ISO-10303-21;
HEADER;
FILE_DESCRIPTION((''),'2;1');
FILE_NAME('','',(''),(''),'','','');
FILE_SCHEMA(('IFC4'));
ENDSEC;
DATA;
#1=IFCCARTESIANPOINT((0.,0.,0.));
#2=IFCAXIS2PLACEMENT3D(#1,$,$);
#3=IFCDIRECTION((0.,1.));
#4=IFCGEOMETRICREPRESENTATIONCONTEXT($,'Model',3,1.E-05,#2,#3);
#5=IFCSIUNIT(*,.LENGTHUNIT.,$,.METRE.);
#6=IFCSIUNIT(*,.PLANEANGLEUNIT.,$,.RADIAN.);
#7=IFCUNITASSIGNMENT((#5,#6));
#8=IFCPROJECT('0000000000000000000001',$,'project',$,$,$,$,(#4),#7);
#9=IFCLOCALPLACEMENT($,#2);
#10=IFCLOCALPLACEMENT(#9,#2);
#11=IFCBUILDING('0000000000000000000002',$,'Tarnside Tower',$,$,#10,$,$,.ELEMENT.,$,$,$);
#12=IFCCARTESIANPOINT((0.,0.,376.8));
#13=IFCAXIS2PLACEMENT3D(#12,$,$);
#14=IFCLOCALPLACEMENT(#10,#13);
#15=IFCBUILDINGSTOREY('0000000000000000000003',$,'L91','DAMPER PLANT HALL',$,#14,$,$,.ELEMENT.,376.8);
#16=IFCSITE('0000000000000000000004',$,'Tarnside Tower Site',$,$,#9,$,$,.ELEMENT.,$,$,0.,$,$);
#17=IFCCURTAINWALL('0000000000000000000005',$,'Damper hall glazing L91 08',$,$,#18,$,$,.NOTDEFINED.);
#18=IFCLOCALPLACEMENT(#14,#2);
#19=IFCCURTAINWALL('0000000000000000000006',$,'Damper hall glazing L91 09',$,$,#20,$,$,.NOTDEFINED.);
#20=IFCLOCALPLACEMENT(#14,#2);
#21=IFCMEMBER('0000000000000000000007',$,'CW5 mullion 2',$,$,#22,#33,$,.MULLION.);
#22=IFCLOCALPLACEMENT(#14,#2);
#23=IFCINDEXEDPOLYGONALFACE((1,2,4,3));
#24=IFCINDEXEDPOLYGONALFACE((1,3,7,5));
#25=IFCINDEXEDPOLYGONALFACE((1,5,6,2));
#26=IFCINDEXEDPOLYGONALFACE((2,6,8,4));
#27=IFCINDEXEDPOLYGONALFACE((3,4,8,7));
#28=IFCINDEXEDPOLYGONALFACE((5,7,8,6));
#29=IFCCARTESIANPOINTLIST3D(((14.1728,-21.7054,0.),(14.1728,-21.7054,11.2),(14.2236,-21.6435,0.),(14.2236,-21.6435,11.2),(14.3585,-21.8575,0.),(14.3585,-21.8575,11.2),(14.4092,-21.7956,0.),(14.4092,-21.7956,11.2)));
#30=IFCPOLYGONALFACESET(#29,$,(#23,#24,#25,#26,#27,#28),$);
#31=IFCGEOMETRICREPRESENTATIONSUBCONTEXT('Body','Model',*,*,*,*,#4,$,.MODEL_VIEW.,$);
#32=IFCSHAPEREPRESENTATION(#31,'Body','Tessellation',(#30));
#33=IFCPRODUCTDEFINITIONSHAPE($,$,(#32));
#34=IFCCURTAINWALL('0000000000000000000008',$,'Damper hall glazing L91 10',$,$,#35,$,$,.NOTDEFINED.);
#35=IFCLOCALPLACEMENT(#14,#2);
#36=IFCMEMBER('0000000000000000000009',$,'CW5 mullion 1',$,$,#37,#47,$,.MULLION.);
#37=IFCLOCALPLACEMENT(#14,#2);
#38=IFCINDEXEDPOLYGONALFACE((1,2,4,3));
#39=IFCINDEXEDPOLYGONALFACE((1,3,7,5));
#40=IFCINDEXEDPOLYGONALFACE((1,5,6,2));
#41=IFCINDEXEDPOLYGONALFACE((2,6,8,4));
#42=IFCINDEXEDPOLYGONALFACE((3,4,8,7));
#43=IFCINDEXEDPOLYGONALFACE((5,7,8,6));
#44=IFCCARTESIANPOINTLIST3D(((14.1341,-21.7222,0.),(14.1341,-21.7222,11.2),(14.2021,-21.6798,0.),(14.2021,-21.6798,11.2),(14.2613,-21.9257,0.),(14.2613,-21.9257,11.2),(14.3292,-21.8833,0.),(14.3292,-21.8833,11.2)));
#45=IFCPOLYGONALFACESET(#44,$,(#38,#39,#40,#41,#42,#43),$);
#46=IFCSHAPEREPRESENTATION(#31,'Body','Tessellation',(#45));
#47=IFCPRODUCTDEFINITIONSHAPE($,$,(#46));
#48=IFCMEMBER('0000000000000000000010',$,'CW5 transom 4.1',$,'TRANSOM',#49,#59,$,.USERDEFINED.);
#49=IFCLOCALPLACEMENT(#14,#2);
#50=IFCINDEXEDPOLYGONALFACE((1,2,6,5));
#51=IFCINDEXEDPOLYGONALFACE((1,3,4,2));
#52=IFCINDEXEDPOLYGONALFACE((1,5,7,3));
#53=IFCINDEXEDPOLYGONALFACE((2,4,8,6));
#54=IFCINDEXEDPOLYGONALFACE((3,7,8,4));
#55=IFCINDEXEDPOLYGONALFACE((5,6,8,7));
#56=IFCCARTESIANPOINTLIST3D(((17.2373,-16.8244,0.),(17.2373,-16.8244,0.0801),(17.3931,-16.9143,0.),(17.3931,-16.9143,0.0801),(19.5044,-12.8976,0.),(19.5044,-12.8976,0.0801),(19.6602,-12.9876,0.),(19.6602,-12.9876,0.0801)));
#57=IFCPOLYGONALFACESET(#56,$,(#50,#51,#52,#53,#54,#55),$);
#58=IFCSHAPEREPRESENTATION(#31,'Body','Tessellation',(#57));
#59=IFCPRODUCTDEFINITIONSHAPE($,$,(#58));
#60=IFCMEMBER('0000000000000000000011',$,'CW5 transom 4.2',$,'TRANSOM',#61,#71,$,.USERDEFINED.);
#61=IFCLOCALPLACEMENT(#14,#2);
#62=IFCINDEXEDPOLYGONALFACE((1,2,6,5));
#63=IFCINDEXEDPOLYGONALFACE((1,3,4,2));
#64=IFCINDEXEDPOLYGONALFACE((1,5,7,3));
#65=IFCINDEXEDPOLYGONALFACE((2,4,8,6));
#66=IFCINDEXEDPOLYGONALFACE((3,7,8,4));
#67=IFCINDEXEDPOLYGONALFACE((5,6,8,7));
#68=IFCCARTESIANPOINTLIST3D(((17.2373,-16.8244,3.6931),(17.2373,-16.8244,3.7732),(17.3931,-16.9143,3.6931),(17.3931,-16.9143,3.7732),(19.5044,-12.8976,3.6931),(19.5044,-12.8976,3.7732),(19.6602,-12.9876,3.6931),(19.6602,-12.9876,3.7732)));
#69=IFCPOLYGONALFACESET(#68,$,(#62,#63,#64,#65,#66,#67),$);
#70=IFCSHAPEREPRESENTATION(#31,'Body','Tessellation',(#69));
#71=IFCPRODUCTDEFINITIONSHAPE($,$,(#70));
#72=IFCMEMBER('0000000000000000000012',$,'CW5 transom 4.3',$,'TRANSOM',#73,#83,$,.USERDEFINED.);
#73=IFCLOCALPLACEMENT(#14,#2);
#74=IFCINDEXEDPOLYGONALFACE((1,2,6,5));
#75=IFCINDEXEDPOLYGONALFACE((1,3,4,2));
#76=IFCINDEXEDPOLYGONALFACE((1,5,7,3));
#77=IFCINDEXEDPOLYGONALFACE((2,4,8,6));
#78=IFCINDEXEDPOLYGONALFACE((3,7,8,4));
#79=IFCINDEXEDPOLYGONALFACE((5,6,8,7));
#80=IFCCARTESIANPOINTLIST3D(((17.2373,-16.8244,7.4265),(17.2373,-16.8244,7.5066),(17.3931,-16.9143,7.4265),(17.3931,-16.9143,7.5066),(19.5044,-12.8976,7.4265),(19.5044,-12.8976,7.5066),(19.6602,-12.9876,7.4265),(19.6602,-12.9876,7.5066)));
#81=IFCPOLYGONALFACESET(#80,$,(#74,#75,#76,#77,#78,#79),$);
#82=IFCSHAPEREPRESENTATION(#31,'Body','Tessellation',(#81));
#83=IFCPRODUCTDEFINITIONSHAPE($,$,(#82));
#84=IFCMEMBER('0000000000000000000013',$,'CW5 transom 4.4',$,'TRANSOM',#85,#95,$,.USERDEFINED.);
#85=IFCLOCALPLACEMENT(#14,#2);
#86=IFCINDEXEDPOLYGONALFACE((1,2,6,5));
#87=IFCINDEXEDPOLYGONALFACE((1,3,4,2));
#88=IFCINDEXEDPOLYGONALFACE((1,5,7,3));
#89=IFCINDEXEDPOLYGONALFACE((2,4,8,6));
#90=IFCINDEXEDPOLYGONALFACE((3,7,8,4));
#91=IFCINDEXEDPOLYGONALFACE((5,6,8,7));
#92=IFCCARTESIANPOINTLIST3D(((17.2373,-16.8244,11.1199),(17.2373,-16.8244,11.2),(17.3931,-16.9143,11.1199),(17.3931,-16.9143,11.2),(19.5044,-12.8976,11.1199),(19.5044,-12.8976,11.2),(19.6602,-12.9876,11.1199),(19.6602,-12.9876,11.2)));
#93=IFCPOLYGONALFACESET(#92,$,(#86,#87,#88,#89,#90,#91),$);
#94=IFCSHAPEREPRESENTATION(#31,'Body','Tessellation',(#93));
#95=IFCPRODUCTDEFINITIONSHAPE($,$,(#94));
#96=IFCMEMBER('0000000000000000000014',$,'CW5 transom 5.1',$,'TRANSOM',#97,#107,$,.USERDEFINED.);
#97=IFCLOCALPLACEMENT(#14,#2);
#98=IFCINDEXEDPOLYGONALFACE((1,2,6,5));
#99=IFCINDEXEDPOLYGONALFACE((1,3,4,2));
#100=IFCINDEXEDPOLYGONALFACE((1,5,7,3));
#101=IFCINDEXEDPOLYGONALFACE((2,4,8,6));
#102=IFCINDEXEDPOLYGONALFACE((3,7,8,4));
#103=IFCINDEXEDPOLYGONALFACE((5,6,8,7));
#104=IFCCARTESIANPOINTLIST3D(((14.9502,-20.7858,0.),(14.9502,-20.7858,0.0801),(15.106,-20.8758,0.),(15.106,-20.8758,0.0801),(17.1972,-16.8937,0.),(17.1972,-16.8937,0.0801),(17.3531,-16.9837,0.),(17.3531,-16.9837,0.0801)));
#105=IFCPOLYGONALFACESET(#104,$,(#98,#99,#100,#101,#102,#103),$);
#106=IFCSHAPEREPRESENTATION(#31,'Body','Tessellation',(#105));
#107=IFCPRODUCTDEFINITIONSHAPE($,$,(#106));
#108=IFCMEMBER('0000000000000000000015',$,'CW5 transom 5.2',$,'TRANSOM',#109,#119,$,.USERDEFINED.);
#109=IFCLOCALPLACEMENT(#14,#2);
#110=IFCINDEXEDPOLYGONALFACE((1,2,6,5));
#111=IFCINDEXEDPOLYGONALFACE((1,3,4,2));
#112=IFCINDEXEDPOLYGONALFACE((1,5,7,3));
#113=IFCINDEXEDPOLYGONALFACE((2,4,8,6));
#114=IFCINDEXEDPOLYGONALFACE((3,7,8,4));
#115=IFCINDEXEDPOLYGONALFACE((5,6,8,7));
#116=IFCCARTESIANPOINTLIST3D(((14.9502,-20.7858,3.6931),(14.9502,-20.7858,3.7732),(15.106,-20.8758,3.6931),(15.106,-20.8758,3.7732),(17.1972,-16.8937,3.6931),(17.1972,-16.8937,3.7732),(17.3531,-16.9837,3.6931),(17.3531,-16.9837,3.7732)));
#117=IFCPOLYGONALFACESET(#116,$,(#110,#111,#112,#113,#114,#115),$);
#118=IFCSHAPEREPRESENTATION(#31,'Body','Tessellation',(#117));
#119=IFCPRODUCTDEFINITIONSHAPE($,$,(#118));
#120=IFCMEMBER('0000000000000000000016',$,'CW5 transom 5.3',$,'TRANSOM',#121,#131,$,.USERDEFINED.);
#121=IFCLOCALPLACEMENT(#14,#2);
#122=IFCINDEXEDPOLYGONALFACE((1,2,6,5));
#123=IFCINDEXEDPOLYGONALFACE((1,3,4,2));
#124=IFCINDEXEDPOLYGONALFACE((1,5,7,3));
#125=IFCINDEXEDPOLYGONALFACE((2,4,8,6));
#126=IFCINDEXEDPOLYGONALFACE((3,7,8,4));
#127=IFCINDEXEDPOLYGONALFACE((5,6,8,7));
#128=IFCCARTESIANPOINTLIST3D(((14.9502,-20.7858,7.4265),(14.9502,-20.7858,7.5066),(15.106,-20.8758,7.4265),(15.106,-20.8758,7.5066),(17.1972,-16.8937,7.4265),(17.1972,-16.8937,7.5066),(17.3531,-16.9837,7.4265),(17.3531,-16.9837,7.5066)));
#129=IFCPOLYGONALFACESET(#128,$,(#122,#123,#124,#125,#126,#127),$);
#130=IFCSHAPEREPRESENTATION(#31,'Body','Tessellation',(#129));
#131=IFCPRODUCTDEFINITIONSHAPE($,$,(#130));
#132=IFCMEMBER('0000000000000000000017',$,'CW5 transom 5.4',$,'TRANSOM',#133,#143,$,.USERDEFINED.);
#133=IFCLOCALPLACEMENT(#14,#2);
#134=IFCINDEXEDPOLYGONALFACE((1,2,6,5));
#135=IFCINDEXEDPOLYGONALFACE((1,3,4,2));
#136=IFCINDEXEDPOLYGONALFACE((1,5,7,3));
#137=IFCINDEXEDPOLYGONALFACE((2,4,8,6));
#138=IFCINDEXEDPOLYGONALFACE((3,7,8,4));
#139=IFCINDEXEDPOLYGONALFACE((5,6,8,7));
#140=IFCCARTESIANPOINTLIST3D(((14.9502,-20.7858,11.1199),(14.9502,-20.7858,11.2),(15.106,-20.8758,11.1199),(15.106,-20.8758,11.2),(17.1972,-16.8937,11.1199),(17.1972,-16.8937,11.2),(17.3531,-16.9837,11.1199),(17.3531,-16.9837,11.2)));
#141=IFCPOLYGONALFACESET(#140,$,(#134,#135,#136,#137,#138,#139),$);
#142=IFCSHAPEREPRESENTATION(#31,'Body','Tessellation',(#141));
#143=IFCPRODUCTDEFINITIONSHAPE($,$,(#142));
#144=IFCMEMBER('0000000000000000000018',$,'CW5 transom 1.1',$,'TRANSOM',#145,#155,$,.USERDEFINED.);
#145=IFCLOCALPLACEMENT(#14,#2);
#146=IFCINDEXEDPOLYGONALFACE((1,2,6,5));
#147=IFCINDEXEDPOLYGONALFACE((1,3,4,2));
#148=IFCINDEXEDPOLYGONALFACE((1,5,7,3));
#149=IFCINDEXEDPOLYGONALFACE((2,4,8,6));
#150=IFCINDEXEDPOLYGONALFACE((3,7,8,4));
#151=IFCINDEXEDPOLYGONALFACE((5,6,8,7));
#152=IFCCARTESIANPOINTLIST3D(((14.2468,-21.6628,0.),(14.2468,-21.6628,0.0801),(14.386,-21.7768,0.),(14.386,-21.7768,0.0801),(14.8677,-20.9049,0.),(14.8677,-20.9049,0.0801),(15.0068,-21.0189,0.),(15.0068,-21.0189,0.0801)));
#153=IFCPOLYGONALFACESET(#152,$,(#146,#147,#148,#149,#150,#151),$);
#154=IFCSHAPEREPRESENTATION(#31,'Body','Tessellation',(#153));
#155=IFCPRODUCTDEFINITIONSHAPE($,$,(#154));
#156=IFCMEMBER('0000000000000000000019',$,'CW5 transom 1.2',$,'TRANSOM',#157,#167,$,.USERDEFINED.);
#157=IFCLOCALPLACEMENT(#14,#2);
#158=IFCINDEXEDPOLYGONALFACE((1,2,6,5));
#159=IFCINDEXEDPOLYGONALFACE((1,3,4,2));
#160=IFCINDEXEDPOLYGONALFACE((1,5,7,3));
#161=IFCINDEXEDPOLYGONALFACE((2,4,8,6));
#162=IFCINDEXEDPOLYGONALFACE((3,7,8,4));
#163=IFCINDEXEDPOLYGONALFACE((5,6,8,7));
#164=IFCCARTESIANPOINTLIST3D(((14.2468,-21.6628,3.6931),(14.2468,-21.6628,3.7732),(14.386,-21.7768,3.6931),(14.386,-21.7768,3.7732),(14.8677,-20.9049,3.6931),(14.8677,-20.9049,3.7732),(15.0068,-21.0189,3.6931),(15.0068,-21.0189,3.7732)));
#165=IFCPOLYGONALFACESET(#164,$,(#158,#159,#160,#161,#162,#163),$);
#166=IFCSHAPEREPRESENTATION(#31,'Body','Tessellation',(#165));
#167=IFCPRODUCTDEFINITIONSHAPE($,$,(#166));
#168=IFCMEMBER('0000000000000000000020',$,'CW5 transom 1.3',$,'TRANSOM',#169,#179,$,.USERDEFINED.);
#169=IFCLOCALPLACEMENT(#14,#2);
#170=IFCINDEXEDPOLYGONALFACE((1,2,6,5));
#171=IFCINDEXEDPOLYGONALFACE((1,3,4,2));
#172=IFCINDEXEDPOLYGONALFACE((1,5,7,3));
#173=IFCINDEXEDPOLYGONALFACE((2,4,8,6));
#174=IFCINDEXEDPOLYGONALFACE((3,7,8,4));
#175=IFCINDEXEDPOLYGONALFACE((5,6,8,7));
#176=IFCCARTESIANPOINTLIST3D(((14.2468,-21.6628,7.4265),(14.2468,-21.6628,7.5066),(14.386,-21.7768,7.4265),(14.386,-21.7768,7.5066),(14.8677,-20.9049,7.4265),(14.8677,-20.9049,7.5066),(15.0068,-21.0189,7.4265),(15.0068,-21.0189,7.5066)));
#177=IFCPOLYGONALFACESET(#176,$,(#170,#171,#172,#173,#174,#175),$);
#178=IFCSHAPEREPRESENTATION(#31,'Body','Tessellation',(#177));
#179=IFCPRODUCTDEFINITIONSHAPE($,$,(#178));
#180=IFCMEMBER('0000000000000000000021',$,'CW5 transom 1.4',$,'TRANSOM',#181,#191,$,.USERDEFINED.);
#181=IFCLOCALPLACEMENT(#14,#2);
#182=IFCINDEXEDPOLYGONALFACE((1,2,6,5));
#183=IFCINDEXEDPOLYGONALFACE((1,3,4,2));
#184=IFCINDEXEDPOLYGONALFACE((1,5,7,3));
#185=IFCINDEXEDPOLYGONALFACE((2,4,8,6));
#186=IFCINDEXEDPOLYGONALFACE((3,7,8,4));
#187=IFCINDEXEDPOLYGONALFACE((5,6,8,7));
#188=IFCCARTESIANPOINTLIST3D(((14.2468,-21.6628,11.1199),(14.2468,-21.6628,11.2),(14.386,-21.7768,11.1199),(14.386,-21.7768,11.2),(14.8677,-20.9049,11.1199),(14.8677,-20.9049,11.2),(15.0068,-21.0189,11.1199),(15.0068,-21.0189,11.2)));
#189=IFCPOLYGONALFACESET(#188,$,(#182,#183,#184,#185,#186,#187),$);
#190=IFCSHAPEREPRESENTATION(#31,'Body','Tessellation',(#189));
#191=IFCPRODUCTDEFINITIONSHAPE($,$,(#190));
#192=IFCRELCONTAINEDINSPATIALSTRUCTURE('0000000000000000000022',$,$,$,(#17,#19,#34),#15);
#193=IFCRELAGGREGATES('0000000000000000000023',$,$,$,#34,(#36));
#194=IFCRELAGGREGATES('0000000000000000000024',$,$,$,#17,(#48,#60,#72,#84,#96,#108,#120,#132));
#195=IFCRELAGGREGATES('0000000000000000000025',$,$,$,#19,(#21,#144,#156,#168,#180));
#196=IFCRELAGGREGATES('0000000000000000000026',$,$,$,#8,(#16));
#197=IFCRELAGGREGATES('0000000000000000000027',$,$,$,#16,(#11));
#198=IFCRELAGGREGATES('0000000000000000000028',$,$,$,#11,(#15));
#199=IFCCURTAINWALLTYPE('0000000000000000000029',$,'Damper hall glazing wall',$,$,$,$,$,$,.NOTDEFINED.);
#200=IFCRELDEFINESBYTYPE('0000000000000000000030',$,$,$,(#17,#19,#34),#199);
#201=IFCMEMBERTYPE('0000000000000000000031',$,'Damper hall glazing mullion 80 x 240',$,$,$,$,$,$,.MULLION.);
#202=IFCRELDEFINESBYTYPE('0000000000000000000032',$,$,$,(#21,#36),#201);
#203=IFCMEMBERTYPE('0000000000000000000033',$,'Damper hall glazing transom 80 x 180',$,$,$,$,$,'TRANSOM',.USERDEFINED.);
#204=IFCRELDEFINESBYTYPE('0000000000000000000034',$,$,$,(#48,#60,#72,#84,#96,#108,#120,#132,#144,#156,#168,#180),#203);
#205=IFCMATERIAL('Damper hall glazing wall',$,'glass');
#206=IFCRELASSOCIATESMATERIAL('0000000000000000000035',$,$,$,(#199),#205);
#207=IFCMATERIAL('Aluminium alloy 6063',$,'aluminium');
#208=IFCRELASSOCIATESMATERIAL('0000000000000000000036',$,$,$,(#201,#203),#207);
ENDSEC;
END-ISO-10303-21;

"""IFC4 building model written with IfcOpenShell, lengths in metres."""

from ifc_helpers import new_model, si_unit, direction, frame, origin, origin_2d, place, context, subcontext, project, spatial, rectangle, extrude, material, material_profile, profile_set, type_object, element, aggregate, save


model = new_model("IFC4")

# Units and contexts
model_context = context("Model", 3, precision=1e-05, world=origin(), true_north=direction((0.0, 1.0)))
body_context = subcontext(model_context, "Body", "Model", "MODEL_VIEW")
ifc_project = project(units=[si_unit("LENGTHUNIT", "METRE"), si_unit("PLANEANGLEUNIT", "RADIAN")], contexts=[model_context])

# Site, building, storey
site_placement = place(None, origin())
site = spatial("IfcSite", under=ifc_project, at=site_placement, Name="Tarnside Tower Site", CompositionType="ELEMENT", RefElevation=0.0)
building_placement = place(site_placement, origin())
building = spatial("IfcBuilding", under=site, at=building_placement, Name="Tarnside Tower", CompositionType="ELEMENT")
storey_placement = place(building_placement, frame((0.0, 0.0, 376.8)))
storey = spatial("IfcBuildingStorey", under=building, at=storey_placement, Name="L91", Description="DAMPER PLANT HALL", CompositionType="ELEMENT", Elevation=376.8)

# Curtain walls, member
ifc_material_1 = material(Name="Damper hall glazing wall", Category="glass")
curtain_wall_type = type_object("IfcCurtainWallType", Name="Damper hall glazing wall", PredefinedType="NOTDEFINED", material=ifc_material_1)
curtain_wall_1_placement = place(storey_placement, origin())
curtain_wall_1 = element("IfcCurtainWall", 1, at=curtain_wall_1_placement, inside=storey, type_object=curtain_wall_type, Name="Damper hall glazing L91 08", PredefinedType="NOTDEFINED")
ifc_material_2 = material(Name="Aluminium alloy 6063", Category="aluminium")
ifc_material_profile_1 = material_profile(ifc_material_2, rectangle(XDim=0.24, YDim=0.0801, at=origin_2d()), Name="Damper hall glazing mullion 80 x 240")
ifc_profile_set_1 = profile_set([ifc_material_profile_1], Name="Aluminium alloy 6063")
member_type_1 = type_object("IfcMemberType", Name="Damper hall glazing mullion 80 x 240", PredefinedType="MULLION", material=ifc_profile_set_1)
curtain_wall_2_placement = place(storey_placement, origin())
curtain_wall_2 = element("IfcCurtainWall", 2, at=curtain_wall_2_placement, inside=storey, type_object=curtain_wall_type, Name="Damper hall glazing L91 09", PredefinedType="NOTDEFINED")
member_1_placement = place(storey_placement, frame((14.291, -21.7505, 0.0), z_axis=(0.0, 0.0, 1.0), x_axis=(0.773472, -0.633831, 0.0)))
member_1 = element("IfcMember", 3, at=member_1_placement, type_object=member_type_1, Name="CW5 mullion 2", PredefinedType="MULLION", context=body_context, shape_type="SweptSolid", body=[
    extrude(rectangle(XDim=0.24, YDim=0.0801, at=origin_2d()), origin(), (0.0, 0.0, 1.0), 11.2),
])

# Curtain wall, member
curtain_wall_3_placement = place(storey_placement, origin())
curtain_wall_3 = element("IfcCurtainWall", 4, at=curtain_wall_3_placement, inside=storey, type_object=curtain_wall_type, Name="Damper hall glazing L91 10", PredefinedType="NOTDEFINED")
member_2_placement = place(storey_placement, frame((14.2317, -21.8027, 0.0), z_axis=(0.0, 0.0, 1.0), x_axis=(0.529919, -0.848048, 0.0)))
member_2 = element("IfcMember", 5, at=member_2_placement, type_object=member_type_1, Name="CW5 mullion 1", PredefinedType="MULLION", context=body_context, shape_type="SweptSolid", body=[
    extrude(rectangle(XDim=0.24, YDim=0.0801, at=origin_2d()), origin(), (0.0, 0.0, 1.0), 11.2),
])

# Members
ifc_material_profile_2 = material_profile(ifc_material_2, rectangle(XDim=0.1799, YDim=0.0801, at=origin_2d()), Name="Damper hall glazing transom 80 x 180")
ifc_profile_set_2 = profile_set([ifc_material_profile_2], Name="Aluminium alloy 6063")
member_type_2 = type_object("IfcMemberType", Name="Damper hall glazing transom 80 x 180", ElementType="TRANSOM", PredefinedType="USERDEFINED", material=ifc_profile_set_2)
member_3_placement = place(storey_placement, frame((19.5823, -12.9426, 0.04), z_axis=(-0.499996, -0.866028, 0.0), x_axis=(0.866028, -0.499996, 0.0)))
member_3 = element("IfcMember", 6, at=member_3_placement, type_object=member_type_2, Name="CW5 transom 4.1", ObjectType="TRANSOM", PredefinedType="USERDEFINED", context=body_context, shape_type="SweptSolid", body=[
    extrude(rectangle(XDim=0.1799, YDim=0.0801, at=origin_2d()), origin(), (0.0, 0.0, 1.0), 4.5342),
])
member_4_placement = place(storey_placement, frame((19.5823, -12.9426, 3.7332), z_axis=(-0.499996, -0.866028, 0.0), x_axis=(0.866028, -0.499996, 0.0)))
member_4 = element("IfcMember", 7, at=member_4_placement, type_object=member_type_2, Name="CW5 transom 4.2", ObjectType="TRANSOM", PredefinedType="USERDEFINED", context=body_context, shape_type="SweptSolid", body=[
    extrude(rectangle(XDim=0.1799, YDim=0.0801, at=origin_2d()), origin(), (0.0, 0.0, 1.0), 4.5342),
])
member_5_placement = place(storey_placement, frame((19.5823, -12.9426, 7.4666), z_axis=(-0.499996, -0.866028, 0.0), x_axis=(0.866028, -0.499996, 0.0)))
member_5 = element("IfcMember", 8, at=member_5_placement, type_object=member_type_2, Name="CW5 transom 4.3", ObjectType="TRANSOM", PredefinedType="USERDEFINED", context=body_context, shape_type="SweptSolid", body=[
    extrude(rectangle(XDim=0.1799, YDim=0.0801, at=origin_2d()), origin(), (0.0, 0.0, 1.0), 4.5342),
])
member_6_placement = place(storey_placement, frame((19.5823, -12.9426, 11.1599), z_axis=(-0.499996, -0.866028, 0.0), x_axis=(0.866028, -0.499996, 0.0)))
member_6 = element("IfcMember", 9, at=member_6_placement, type_object=member_type_2, Name="CW5 transom 4.4", ObjectType="TRANSOM", PredefinedType="USERDEFINED", context=body_context, shape_type="SweptSolid", body=[
    extrude(rectangle(XDim=0.1799, YDim=0.0801, at=origin_2d()), origin(), (0.0, 0.0, 1.0), 4.5342),
])
member_7_placement = place(storey_placement, frame((17.2751, -16.9387, 0.04), z_axis=(-0.499995, -0.866028, 0.0), x_axis=(0.866028, -0.499995, 0.0)))
member_7 = element("IfcMember", 10, at=member_7_placement, type_object=member_type_2, Name="CW5 transom 5.1", ObjectType="TRANSOM", PredefinedType="USERDEFINED", context=body_context, shape_type="SweptSolid", body=[
    extrude(rectangle(XDim=0.1799, YDim=0.0801, at=origin_2d()), origin(), (0.0, 0.0, 1.0), 4.4941),
])
member_8_placement = place(storey_placement, frame((17.2751, -16.9387, 3.7332), z_axis=(-0.499995, -0.866028, 0.0), x_axis=(0.866028, -0.499995, 0.0)))
member_8 = element("IfcMember", 11, at=member_8_placement, type_object=member_type_2, Name="CW5 transom 5.2", ObjectType="TRANSOM", PredefinedType="USERDEFINED", context=body_context, shape_type="SweptSolid", body=[
    extrude(rectangle(XDim=0.1799, YDim=0.0801, at=origin_2d()), origin(), (0.0, 0.0, 1.0), 4.4941),
])
member_9_placement = place(storey_placement, frame((17.2751, -16.9387, 7.4666), z_axis=(-0.499995, -0.866028, 0.0), x_axis=(0.866028, -0.499995, 0.0)))
member_9 = element("IfcMember", 12, at=member_9_placement, type_object=member_type_2, Name="CW5 transom 5.3", ObjectType="TRANSOM", PredefinedType="USERDEFINED", context=body_context, shape_type="SweptSolid", body=[
    extrude(rectangle(XDim=0.1799, YDim=0.0801, at=origin_2d()), origin(), (0.0, 0.0, 1.0), 4.4941),
])
member_10_placement = place(storey_placement, frame((17.2751, -16.9387, 11.1599), z_axis=(-0.499995, -0.866028, 0.0), x_axis=(0.866028, -0.499995, 0.0)))
member_10 = element("IfcMember", 13, at=member_10_placement, type_object=member_type_2, Name="CW5 transom 5.4", ObjectType="TRANSOM", PredefinedType="USERDEFINED", context=body_context, shape_type="SweptSolid", body=[
    extrude(rectangle(XDim=0.1799, YDim=0.0801, at=origin_2d()), origin(), (0.0, 0.0, 1.0), 4.4941),
])
member_11_placement = place(storey_placement, frame((14.9373, -20.9619, 0.04), z_axis=(-0.63374, -0.773546, 0.0), x_axis=(0.773546, -0.63374, 0.0)))
member_11 = element("IfcMember", 14, at=member_11_placement, type_object=member_type_2, Name="CW5 transom 1.1", ObjectType="TRANSOM", PredefinedType="USERDEFINED", context=body_context, shape_type="SweptSolid", body=[
    extrude(rectangle(XDim=0.1799, YDim=0.0801, at=origin_2d()), origin(), (0.0, 0.0, 1.0), 0.9797),
])
member_12_placement = place(storey_placement, frame((14.9373, -20.9619, 3.7332), z_axis=(-0.63374, -0.773546, 0.0), x_axis=(0.773546, -0.63374, 0.0)))
member_12 = element("IfcMember", 15, at=member_12_placement, type_object=member_type_2, Name="CW5 transom 1.2", ObjectType="TRANSOM", PredefinedType="USERDEFINED", context=body_context, shape_type="SweptSolid", body=[
    extrude(rectangle(XDim=0.1799, YDim=0.0801, at=origin_2d()), origin(), (0.0, 0.0, 1.0), 0.9797),
])
member_13_placement = place(storey_placement, frame((14.9373, -20.9619, 7.4666), z_axis=(-0.63374, -0.773546, 0.0), x_axis=(0.773546, -0.63374, 0.0)))
member_13 = element("IfcMember", 16, at=member_13_placement, type_object=member_type_2, Name="CW5 transom 1.3", ObjectType="TRANSOM", PredefinedType="USERDEFINED", context=body_context, shape_type="SweptSolid", body=[
    extrude(rectangle(XDim=0.1799, YDim=0.0801, at=origin_2d()), origin(), (0.0, 0.0, 1.0), 0.9797),
])
member_14_placement = place(storey_placement, frame((14.9373, -20.9619, 11.1599), z_axis=(-0.63374, -0.773546, 0.0), x_axis=(0.773546, -0.63374, 0.0)))
member_14 = element("IfcMember", 17, at=member_14_placement, type_object=member_type_2, Name="CW5 transom 1.4", ObjectType="TRANSOM", PredefinedType="USERDEFINED", context=body_context, shape_type="SweptSolid", body=[
    extrude(rectangle(XDim=0.1799, YDim=0.0801, at=origin_2d()), origin(), (0.0, 0.0, 1.0), 0.9797),
])
aggregate(curtain_wall_3, [member_2])

aggregate(curtain_wall_1, [member_3, member_4, member_5, member_6, member_7, member_8, member_9, member_10])
aggregate(curtain_wall_2, [member_1, member_11, member_12, member_13, member_14])

save(model, "model.ifc")
